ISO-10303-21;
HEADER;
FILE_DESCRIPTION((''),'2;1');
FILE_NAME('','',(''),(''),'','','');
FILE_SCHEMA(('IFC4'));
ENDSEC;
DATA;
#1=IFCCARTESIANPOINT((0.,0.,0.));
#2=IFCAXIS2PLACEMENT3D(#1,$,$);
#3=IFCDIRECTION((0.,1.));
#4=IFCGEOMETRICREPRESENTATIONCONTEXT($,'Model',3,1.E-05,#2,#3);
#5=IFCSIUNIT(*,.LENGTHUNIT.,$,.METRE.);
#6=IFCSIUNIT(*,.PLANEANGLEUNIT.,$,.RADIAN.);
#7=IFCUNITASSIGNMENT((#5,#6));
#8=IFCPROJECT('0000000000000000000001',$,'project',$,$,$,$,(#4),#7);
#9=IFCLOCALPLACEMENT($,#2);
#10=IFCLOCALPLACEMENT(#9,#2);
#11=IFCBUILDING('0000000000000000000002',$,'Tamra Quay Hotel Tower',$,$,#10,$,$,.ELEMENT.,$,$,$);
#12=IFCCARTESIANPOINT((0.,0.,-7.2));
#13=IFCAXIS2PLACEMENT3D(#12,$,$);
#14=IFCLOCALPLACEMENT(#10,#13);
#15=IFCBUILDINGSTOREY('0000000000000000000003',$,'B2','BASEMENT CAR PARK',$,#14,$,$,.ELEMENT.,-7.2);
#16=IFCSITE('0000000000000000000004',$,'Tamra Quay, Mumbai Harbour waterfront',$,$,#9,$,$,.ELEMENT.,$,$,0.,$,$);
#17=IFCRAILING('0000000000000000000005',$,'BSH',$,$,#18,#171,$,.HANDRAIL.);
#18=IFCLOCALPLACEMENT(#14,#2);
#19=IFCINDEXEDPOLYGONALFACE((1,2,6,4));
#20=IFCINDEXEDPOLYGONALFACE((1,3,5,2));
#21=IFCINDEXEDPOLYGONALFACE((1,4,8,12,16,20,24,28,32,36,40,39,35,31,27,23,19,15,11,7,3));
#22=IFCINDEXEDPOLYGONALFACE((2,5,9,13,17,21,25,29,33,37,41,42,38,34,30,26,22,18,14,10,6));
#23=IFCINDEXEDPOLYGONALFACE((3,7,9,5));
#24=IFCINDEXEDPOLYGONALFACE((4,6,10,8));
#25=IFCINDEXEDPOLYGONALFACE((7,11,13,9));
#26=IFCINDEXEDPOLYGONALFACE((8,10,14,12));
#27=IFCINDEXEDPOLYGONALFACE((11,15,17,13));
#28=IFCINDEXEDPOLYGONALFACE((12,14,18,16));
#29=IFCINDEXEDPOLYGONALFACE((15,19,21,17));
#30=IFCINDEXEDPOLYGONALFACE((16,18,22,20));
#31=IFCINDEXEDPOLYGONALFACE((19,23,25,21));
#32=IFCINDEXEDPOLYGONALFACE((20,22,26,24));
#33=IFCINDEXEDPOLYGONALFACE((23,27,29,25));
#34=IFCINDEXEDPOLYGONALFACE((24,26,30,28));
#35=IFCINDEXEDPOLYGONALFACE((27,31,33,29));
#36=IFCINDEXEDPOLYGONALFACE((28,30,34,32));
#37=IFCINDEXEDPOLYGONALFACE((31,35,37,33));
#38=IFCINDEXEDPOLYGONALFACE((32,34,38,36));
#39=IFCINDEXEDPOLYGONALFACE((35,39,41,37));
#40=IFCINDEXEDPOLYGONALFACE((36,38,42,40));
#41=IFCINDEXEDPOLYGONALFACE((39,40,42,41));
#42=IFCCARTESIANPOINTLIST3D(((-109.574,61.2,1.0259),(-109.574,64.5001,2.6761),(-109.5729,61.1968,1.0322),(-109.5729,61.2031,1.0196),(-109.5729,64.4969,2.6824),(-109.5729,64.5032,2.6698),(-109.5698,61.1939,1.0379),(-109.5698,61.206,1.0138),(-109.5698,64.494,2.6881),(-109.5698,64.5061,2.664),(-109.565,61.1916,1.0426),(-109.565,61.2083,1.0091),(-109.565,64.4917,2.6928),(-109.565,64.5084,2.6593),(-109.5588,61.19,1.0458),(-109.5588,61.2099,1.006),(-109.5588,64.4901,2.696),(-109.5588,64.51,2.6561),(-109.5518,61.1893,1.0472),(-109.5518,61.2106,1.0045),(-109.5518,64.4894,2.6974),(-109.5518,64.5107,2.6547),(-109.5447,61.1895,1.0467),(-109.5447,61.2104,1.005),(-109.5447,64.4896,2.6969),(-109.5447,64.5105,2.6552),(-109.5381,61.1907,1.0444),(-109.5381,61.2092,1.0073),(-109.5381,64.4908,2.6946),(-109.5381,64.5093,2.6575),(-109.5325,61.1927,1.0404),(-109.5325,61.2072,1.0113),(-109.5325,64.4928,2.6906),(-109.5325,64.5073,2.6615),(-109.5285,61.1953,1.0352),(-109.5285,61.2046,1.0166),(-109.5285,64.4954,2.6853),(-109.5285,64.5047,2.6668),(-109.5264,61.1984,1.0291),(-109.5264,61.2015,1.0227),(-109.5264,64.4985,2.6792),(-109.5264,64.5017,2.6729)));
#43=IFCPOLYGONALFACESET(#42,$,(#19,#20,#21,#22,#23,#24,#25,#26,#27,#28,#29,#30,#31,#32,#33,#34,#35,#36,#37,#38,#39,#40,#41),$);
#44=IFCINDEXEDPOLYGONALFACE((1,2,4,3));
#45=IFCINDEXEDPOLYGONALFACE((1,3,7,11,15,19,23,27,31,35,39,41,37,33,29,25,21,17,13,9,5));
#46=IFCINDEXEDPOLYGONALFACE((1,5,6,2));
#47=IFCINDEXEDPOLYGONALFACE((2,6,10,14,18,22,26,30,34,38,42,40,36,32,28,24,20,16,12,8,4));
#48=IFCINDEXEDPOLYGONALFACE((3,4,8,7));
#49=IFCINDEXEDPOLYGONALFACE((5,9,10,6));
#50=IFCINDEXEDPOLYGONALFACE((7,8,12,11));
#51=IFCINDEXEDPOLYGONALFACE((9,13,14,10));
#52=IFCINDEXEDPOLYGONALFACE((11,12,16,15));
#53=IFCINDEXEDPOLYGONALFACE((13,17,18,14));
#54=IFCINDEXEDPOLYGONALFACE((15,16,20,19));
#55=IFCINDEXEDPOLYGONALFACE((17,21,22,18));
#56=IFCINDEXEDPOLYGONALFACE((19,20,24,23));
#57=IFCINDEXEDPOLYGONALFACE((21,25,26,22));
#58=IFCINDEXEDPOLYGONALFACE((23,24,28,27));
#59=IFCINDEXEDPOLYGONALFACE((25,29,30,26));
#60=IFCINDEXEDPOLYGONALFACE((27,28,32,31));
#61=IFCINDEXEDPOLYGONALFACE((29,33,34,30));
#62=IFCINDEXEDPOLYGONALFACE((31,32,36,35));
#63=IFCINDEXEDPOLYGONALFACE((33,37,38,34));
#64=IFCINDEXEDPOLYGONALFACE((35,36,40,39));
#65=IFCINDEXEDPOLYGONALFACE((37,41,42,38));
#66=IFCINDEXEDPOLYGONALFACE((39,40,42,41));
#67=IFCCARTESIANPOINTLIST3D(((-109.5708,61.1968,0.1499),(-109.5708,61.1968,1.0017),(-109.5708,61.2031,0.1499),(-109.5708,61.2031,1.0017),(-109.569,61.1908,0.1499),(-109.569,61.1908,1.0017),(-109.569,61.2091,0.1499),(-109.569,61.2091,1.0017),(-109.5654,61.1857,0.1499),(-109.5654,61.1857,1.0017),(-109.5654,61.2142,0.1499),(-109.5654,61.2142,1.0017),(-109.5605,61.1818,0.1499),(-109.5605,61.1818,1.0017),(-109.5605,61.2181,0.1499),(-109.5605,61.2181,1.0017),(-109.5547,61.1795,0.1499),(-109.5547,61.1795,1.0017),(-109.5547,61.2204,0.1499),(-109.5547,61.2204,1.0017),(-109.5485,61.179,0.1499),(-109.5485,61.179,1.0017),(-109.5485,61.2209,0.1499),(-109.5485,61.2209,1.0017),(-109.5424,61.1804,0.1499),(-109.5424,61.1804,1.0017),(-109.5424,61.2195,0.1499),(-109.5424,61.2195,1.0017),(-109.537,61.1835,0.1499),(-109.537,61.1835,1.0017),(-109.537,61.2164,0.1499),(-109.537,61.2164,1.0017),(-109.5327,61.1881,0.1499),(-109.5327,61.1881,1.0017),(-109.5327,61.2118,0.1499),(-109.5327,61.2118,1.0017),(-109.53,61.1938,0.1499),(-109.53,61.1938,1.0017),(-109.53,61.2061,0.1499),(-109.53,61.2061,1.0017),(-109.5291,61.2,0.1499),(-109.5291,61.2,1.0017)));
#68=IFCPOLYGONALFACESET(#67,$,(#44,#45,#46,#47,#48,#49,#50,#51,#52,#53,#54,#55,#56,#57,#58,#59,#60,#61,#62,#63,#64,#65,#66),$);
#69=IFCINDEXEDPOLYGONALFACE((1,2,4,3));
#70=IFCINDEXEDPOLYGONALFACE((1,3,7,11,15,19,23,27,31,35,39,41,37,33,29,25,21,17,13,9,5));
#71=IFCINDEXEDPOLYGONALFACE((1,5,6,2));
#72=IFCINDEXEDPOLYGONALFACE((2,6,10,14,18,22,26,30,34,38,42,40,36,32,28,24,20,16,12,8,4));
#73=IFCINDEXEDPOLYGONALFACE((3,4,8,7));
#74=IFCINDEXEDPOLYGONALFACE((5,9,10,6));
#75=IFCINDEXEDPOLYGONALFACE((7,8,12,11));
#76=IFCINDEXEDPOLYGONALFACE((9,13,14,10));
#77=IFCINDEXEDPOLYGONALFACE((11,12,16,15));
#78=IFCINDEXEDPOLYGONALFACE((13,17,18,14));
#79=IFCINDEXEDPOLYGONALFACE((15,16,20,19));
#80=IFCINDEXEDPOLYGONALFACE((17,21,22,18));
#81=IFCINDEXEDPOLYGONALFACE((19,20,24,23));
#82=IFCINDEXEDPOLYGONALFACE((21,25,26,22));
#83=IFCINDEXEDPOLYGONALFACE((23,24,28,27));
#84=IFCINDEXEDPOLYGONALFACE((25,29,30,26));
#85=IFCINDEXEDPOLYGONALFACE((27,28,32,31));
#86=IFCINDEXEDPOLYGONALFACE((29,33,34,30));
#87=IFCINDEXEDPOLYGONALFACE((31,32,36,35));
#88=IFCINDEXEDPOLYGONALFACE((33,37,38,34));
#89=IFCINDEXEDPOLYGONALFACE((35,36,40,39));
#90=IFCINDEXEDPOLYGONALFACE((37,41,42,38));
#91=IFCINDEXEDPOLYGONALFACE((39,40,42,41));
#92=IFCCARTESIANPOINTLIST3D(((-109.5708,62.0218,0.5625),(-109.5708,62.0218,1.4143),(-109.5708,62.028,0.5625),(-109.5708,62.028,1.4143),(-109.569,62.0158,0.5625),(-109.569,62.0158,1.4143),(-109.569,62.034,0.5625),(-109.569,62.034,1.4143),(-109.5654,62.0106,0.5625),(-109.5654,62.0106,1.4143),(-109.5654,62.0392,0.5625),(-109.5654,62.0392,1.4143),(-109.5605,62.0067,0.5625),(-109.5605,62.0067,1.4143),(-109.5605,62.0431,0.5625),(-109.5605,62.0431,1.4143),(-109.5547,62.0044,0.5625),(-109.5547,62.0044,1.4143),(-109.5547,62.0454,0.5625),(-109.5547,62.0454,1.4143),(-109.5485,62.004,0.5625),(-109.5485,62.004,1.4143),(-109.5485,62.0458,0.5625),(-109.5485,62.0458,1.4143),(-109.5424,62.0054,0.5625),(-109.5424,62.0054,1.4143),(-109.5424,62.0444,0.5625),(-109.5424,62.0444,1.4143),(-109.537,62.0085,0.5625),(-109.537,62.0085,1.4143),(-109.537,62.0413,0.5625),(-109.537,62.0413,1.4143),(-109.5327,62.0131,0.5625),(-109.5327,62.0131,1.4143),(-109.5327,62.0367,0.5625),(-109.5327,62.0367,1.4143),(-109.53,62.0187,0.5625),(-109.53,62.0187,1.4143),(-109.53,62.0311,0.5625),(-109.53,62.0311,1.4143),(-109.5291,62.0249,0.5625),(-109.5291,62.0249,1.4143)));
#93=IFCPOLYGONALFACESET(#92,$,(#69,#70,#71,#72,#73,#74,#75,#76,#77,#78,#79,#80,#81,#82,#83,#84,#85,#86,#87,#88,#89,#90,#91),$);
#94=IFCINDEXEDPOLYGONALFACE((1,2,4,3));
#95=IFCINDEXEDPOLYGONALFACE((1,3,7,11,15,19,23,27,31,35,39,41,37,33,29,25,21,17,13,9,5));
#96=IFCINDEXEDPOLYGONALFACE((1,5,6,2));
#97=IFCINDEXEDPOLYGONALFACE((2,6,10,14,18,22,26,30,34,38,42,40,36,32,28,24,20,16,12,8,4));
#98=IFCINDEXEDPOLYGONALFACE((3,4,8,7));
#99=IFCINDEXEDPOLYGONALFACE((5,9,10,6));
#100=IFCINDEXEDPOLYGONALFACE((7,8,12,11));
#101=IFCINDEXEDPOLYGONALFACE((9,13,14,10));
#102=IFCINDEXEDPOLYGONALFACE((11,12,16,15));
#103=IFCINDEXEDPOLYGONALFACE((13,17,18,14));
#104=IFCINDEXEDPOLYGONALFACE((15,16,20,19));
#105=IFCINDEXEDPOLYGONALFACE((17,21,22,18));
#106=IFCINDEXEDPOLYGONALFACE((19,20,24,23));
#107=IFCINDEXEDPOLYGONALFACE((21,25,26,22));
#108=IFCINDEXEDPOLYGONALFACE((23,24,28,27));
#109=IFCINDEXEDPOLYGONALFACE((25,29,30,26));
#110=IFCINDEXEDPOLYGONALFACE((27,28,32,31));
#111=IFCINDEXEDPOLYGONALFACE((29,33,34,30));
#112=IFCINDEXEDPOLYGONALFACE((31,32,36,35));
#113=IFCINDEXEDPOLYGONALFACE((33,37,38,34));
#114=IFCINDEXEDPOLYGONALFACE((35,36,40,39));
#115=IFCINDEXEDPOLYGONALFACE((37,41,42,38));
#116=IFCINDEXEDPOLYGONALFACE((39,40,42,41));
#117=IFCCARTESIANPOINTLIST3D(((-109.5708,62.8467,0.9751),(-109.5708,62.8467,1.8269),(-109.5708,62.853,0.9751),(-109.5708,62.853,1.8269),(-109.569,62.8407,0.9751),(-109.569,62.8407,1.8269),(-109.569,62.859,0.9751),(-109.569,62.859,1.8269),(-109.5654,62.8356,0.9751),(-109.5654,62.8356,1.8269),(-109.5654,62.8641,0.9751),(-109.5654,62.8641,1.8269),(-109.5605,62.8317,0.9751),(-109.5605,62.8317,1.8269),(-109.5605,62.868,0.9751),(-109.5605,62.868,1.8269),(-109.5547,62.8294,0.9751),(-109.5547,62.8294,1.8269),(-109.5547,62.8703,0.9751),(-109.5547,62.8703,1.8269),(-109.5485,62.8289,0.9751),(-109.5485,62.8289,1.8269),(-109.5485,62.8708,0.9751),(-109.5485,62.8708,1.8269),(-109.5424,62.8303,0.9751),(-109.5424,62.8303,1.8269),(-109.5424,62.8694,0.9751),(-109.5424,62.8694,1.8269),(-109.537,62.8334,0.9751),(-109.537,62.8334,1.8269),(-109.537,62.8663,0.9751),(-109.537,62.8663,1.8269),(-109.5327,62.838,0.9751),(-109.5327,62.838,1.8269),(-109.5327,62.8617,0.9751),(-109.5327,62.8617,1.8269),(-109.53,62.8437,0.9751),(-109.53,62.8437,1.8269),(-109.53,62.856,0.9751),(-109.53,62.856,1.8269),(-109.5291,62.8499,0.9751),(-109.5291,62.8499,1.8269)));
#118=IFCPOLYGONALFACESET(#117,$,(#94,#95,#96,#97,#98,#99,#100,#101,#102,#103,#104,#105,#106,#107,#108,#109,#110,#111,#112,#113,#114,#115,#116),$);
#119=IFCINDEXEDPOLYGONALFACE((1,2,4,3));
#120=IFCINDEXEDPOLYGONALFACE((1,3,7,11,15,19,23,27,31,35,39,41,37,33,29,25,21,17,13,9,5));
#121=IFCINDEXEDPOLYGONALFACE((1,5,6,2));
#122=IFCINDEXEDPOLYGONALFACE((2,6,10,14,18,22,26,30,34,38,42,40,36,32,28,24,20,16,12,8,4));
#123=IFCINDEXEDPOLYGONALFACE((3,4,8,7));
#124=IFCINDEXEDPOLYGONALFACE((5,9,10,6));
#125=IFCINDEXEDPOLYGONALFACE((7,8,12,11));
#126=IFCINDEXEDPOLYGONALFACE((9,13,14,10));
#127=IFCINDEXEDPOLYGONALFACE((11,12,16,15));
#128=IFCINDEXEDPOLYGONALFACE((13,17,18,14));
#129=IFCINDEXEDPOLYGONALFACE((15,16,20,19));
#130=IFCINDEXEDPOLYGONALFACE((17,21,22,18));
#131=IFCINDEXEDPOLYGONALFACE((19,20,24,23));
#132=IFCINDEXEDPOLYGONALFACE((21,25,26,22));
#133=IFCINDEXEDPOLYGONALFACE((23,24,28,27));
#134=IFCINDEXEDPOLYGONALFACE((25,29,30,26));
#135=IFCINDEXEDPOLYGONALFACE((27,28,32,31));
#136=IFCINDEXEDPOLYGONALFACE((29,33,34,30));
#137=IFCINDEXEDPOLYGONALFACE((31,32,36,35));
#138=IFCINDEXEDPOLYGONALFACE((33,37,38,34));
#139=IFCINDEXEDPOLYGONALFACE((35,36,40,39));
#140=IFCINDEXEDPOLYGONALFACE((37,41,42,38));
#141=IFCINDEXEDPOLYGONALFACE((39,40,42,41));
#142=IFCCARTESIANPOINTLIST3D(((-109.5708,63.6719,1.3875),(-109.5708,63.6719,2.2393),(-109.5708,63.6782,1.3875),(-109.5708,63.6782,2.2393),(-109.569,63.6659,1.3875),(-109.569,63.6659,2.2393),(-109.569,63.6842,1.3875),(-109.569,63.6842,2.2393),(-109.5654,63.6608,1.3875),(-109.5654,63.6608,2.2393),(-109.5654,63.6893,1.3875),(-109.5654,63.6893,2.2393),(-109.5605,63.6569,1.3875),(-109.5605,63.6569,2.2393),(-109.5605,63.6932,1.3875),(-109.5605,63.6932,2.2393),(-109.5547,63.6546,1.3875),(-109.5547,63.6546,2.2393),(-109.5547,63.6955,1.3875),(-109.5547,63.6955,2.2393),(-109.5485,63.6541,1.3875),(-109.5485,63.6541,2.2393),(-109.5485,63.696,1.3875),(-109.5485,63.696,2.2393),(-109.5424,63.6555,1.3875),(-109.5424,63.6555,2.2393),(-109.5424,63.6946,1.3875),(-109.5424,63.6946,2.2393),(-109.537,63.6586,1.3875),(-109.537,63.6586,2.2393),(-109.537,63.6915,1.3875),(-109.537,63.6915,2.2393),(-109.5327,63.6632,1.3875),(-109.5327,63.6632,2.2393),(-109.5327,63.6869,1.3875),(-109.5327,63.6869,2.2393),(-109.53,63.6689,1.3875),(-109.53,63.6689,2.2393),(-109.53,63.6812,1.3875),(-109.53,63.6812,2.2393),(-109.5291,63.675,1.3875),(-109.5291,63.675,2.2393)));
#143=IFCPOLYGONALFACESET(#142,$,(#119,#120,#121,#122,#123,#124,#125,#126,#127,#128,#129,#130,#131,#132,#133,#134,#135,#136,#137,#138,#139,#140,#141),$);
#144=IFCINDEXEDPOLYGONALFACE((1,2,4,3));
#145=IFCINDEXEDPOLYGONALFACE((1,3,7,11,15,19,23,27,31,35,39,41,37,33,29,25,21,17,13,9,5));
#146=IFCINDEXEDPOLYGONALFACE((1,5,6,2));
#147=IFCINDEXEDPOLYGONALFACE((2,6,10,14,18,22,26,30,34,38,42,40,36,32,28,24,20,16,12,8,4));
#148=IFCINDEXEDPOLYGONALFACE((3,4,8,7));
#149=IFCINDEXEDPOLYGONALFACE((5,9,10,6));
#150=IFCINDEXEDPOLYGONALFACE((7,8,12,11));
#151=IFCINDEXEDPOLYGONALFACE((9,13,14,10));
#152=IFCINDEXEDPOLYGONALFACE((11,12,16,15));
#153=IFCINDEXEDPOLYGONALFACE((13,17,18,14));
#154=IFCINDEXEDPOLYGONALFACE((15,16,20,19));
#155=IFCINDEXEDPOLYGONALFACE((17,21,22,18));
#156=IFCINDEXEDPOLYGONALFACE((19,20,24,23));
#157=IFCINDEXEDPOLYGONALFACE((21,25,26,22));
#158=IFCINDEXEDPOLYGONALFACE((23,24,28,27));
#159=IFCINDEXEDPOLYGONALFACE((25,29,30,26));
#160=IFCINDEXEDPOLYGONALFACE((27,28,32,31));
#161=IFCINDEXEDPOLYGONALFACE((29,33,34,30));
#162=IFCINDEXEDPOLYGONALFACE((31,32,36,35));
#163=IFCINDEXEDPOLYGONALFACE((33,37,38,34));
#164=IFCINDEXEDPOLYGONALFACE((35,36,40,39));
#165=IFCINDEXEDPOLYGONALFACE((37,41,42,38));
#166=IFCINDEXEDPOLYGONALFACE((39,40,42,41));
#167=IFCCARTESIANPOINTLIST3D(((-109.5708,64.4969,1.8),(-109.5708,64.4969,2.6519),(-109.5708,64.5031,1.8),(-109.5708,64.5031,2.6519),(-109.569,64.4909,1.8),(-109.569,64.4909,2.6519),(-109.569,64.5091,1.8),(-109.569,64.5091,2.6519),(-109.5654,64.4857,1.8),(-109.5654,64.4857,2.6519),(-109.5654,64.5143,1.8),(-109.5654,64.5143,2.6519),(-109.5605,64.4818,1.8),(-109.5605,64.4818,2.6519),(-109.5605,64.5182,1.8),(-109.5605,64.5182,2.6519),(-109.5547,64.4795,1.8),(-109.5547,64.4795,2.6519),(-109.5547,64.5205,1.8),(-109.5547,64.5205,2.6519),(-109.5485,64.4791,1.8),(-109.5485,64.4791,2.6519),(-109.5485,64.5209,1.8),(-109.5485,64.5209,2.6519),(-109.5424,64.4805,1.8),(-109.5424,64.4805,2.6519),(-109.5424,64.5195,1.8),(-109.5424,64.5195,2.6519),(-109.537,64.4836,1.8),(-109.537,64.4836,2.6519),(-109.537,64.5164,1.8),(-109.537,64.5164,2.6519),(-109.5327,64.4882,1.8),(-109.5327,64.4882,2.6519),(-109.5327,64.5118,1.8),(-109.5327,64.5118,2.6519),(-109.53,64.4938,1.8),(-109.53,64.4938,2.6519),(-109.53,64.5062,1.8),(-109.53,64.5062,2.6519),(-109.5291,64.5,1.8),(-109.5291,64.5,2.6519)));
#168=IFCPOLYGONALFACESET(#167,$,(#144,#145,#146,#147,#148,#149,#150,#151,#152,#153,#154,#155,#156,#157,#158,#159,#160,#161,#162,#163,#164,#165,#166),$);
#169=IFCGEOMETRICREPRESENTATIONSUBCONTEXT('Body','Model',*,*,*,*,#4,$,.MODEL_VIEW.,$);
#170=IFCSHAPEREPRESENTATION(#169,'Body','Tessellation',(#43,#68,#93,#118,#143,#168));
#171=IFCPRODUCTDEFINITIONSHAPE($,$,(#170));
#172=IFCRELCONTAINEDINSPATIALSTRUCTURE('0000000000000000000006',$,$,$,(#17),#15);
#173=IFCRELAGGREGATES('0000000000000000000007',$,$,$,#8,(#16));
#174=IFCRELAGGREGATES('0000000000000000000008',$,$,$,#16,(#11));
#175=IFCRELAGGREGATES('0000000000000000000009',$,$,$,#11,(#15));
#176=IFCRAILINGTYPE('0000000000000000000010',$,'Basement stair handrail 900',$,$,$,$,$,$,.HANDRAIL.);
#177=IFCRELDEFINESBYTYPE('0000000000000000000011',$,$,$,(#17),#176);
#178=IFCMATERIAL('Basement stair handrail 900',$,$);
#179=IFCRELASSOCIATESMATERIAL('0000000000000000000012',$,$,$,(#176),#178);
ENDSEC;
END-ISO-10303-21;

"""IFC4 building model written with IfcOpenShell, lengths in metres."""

from ifc_helpers import new_model, si_unit, direction, frame, origin, origin_2d, place, context, subcontext, project, spatial, circle, extrude, material, type_object, element, save


model = new_model("IFC4")

# Units and contexts
model_context = context("Model", 3, precision=1e-05, world=origin(), true_north=direction((0.0, 1.0)))
body_context = subcontext(model_context, "Body", "Model", "MODEL_VIEW")
ifc_project = project(units=[si_unit("LENGTHUNIT", "METRE"), si_unit("PLANEANGLEUNIT", "RADIAN")], contexts=[model_context])

# Site, building, storey
site_placement = place(None, origin())
site = spatial("IfcSite", under=ifc_project, at=site_placement, Name="Tamra Quay, Mumbai Harbour waterfront", CompositionType="ELEMENT", RefElevation=0.0)
building_placement = place(site_placement, origin())
building = spatial("IfcBuilding", under=site, at=building_placement, Name="Tamra Quay Hotel Tower", CompositionType="ELEMENT")
storey_placement = place(building_placement, frame((0.0, 0.0, -7.2)))
storey = spatial("IfcBuildingStorey", under=building, at=storey_placement, Name="B2", Description="BASEMENT CAR PARK", CompositionType="ELEMENT", Elevation=-7.2)

# Railing
ifc_material_1 = material(Name="Basement stair handrail 900")
railing_type_1 = type_object("IfcRailingType", Name="Basement stair handrail 900", PredefinedType="HANDRAIL", material=ifc_material_1)
railing_1_placement = place(storey_placement, frame((-109.55, 61.2, 0.1499)))
element("IfcRailing", 1, at=railing_1_placement, inside=storey, type_object=railing_type_1, Name="BSH", PredefinedType="HANDRAIL", context=body_context, shape_type="SweptSolid", body=[
    extrude(circle(Radius=0.0239, at=origin_2d()), frame((0.0, 0.0, 0.876), z_axis=(0.0, 0.894414, 0.44724), x_axis=(-1.0, 0.0, 0.0)), (0.0, 0.0, 1.0), 3.6897),
    extrude(circle(Radius=0.021, at=origin_2d()), origin(), (0.0, 0.0, 1.0), 0.8518),
    extrude(circle(Radius=0.021, at=origin_2d()), frame((0.0, 0.825, 0.4126)), (0.0, 0.0, 1.0), 0.8518),
    extrude(circle(Radius=0.021, at=origin_2d()), frame((0.0, 1.6499, 0.8252)), (0.0, 0.0, 1.0), 0.8518),
    extrude(circle(Radius=0.021, at=origin_2d()), frame((0.0, 2.4751, 1.2375)), (0.0, 0.0, 1.0), 0.8518),
    extrude(circle(Radius=0.021, at=origin_2d()), frame((0.0, 3.3, 1.6501)), (0.0, 0.0, 1.0), 0.8518),
])

save(model, "model.ifc")
